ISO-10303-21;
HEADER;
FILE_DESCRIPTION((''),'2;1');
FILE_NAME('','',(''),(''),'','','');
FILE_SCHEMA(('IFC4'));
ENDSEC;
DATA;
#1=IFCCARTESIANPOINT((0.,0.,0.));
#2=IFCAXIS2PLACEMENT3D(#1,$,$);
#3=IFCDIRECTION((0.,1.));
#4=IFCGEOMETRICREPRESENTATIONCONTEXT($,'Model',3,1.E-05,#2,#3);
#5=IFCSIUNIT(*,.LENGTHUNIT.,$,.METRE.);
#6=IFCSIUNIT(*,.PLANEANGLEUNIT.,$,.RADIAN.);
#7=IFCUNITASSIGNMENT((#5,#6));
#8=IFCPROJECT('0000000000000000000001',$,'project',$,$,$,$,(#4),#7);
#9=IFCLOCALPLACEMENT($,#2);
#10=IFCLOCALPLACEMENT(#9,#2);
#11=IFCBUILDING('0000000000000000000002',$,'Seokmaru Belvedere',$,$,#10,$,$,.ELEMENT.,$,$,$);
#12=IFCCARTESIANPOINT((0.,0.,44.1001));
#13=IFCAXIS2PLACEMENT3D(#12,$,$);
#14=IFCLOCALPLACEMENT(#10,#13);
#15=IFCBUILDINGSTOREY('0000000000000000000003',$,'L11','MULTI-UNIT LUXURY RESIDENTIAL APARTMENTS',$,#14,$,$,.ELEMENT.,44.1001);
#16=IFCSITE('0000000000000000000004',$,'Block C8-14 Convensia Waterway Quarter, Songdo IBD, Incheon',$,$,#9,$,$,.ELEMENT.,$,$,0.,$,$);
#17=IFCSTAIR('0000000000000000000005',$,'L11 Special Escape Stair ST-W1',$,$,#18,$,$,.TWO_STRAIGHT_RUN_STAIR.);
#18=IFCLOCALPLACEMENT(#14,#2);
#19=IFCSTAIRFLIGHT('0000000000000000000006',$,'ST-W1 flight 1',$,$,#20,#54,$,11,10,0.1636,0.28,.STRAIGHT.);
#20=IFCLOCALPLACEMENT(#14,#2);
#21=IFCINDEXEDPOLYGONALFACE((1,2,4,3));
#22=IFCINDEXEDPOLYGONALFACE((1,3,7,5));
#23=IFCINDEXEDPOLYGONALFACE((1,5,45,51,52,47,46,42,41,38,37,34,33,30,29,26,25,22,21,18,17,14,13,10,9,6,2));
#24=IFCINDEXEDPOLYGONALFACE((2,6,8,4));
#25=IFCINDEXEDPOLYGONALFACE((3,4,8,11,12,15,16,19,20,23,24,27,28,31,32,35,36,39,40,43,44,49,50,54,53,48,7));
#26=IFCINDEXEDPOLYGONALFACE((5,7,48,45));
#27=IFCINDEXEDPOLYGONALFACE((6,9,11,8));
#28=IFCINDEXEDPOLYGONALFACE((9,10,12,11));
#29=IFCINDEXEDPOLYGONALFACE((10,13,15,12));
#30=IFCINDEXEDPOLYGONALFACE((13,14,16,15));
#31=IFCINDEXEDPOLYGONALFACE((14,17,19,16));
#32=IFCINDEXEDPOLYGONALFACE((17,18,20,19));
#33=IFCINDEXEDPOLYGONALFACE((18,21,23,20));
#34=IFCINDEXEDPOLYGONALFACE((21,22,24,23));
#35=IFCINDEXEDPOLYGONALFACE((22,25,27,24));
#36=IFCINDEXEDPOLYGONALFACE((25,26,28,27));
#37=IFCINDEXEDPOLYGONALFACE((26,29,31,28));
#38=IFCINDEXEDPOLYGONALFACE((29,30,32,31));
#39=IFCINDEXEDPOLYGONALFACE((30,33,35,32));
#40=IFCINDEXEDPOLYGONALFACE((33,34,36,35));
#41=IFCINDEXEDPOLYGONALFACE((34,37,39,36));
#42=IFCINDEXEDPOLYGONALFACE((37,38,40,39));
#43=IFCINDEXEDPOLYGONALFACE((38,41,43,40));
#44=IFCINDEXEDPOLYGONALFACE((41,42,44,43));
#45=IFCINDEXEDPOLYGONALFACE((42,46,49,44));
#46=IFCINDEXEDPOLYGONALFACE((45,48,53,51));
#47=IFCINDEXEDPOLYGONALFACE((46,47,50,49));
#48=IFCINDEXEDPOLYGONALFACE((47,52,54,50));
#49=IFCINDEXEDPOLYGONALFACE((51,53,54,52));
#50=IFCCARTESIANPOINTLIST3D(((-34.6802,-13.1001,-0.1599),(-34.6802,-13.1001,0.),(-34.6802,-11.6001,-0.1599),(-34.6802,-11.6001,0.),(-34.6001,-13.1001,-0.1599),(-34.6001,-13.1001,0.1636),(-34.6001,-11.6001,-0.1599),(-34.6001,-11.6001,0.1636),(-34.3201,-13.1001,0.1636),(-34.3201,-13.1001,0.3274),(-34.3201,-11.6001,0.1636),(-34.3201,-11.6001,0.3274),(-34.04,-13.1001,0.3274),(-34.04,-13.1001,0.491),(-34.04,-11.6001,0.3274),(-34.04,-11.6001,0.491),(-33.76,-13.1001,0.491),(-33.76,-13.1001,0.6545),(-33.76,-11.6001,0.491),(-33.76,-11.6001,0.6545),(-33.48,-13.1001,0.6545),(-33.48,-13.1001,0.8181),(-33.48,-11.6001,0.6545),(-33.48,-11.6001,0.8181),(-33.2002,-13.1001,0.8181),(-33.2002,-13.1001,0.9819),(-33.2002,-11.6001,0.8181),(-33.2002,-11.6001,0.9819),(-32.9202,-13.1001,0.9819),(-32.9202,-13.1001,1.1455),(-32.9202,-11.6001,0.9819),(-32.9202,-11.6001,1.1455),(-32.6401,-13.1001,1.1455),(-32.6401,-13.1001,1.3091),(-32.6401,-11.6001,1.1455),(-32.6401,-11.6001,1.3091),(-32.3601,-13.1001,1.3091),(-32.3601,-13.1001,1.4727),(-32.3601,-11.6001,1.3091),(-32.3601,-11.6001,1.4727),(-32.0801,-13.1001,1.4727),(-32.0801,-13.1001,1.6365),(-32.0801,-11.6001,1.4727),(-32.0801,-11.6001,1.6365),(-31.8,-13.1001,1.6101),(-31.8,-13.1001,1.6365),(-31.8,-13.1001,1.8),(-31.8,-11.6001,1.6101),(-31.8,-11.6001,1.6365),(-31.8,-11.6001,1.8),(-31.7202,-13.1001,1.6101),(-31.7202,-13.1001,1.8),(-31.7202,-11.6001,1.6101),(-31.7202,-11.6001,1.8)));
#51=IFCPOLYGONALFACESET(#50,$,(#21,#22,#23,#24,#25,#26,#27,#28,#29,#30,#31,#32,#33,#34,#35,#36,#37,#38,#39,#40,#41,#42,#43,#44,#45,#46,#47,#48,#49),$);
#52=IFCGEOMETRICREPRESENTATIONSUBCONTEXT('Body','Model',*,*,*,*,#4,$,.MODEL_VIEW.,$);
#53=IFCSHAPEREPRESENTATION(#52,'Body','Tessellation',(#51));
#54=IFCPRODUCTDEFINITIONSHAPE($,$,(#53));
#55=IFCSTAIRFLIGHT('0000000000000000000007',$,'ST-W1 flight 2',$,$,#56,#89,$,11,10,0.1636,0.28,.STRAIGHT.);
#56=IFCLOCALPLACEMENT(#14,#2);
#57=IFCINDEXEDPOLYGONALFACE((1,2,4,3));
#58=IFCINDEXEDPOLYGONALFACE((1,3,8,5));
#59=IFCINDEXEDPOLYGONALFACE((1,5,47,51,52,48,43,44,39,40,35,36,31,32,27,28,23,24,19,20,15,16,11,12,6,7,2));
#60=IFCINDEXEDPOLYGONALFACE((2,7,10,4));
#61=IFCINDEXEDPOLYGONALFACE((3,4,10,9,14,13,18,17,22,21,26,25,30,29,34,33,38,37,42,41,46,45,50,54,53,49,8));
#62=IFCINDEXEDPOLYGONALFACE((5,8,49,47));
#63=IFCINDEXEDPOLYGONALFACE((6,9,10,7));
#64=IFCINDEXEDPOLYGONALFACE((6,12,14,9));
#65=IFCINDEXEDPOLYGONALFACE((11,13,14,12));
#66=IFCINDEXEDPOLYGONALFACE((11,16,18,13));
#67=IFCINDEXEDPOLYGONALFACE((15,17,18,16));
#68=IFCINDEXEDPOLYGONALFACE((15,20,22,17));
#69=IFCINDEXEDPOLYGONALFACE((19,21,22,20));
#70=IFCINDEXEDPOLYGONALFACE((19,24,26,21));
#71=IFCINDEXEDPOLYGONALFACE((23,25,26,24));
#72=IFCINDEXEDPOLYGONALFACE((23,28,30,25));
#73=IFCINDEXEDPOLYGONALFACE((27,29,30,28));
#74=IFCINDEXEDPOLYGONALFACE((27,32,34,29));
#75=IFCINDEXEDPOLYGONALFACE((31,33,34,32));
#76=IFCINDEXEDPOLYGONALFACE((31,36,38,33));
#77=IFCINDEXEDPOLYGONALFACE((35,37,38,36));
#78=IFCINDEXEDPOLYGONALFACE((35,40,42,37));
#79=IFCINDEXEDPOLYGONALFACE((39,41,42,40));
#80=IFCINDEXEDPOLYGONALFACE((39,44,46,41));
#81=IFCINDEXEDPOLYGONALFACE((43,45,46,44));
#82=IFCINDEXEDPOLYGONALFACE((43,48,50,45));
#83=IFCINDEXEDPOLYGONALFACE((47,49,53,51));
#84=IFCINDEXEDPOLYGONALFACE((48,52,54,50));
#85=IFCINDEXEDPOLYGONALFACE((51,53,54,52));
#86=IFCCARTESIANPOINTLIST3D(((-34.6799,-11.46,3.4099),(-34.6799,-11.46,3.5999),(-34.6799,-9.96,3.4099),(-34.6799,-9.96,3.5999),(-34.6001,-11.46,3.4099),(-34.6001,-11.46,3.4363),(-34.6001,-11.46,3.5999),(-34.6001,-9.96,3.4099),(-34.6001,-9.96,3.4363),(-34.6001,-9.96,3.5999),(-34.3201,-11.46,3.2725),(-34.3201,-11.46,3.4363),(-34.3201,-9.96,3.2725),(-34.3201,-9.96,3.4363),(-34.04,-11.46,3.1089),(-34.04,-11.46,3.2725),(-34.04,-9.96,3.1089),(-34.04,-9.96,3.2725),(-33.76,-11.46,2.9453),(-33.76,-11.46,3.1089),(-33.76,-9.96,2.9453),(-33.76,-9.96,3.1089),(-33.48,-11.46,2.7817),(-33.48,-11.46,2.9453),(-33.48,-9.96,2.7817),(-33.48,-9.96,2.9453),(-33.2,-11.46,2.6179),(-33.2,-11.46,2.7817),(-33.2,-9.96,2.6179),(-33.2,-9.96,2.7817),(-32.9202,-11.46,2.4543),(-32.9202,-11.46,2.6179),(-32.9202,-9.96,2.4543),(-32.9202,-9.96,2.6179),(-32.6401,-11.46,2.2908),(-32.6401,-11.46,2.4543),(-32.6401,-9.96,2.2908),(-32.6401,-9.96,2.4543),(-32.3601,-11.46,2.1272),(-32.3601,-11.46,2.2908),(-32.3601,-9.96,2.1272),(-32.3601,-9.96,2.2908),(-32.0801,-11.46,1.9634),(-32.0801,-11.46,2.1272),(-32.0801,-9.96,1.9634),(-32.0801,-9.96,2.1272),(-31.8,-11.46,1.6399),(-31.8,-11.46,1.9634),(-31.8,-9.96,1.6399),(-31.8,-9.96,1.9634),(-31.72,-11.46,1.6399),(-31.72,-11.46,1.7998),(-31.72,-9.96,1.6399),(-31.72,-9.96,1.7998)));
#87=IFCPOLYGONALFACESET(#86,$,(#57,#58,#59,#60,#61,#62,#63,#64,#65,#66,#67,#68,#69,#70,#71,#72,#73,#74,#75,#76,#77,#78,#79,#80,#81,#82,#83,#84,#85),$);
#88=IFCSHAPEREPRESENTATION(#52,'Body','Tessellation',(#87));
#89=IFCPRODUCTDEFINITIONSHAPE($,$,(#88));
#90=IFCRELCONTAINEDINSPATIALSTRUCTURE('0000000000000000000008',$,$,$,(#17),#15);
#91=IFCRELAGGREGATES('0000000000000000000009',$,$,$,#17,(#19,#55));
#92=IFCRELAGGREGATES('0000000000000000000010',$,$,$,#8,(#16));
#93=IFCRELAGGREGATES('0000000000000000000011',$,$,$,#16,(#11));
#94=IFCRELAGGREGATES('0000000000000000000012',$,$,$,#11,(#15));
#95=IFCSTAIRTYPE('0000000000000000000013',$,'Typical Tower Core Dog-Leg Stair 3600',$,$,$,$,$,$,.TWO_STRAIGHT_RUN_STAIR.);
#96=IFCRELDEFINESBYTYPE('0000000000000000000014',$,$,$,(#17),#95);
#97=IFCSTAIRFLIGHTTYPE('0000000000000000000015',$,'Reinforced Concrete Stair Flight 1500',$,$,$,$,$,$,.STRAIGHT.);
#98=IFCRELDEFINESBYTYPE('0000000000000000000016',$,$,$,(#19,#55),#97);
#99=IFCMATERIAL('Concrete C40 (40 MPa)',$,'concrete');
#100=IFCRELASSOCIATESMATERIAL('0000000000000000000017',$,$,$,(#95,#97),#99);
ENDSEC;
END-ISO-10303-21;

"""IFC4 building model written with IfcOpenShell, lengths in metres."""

from ifc_helpers import new_model, si_unit, direction, frame, origin, place, context, subcontext, project, spatial, polyline, outline, extrude, material, type_object, element, aggregate, save


model = new_model("IFC4")

# Units and contexts
model_context = context("Model", 3, precision=1e-05, world=origin(), true_north=direction((0.0, 1.0)))
body_context = subcontext(model_context, "Body", "Model", "MODEL_VIEW")
ifc_project = project(units=[si_unit("LENGTHUNIT", "METRE"), si_unit("PLANEANGLEUNIT", "RADIAN")], contexts=[model_context])

# Site, building, storey
site_placement = place(None, origin())
site = spatial("IfcSite", under=ifc_project, at=site_placement, Name="Block C8-14 Convensia Waterway Quarter, Songdo IBD, Incheon", CompositionType="ELEMENT", RefElevation=0.0)
building_placement = place(site_placement, origin())
building = spatial("IfcBuilding", under=site, at=building_placement, Name="Seokmaru Belvedere", CompositionType="ELEMENT")
storey_placement = place(building_placement, frame((0.0, 0.0, 44.1001)))
storey = spatial("IfcBuildingStorey", under=building, at=storey_placement, Name="L11", Description="MULTI-UNIT LUXURY RESIDENTIAL APARTMENTS", CompositionType="ELEMENT", Elevation=44.1001)

# Stair, stair flights
ifc_material_1 = material(Name="Concrete C40 (40 MPa)", Category="concrete")
stair_type = type_object("IfcStairType", Name="Typical Tower Core Dog-Leg Stair 3600", PredefinedType="TWO_STRAIGHT_RUN_STAIR", material=ifc_material_1)
stair_placement = place(storey_placement, origin())
stair = element("IfcStair", 1, at=stair_placement, inside=storey, type_object=stair_type, Name="L11 Special Escape Stair ST-W1", PredefinedType="TWO_STRAIGHT_RUN_STAIR")
stair_flight_type = type_object("IfcStairFlightType", Name="Reinforced Concrete Stair Flight 1500", PredefinedType="STRAIGHT", material=ifc_material_1)
stair_flight_1_placement = place(storey_placement, frame((-34.6001, -12.3501, 0.0), z_axis=(0.0, 0.0, 1.0), x_axis=(1.0, 0.0, 0.0)))
stair_flight_1 = element("IfcStairFlight", 2, at=stair_flight_1_placement, type_object=stair_flight_type, Name="ST-W1 flight 1", NumberOfRisers=11, NumberOfTreads=10, PredefinedType="STRAIGHT", RiserHeight=0.1636, TreadLength=0.28, context=body_context, shape_type="SweptSolid", body=[
    extrude(outline(polyline([(-0.0801, 0.0), (0.0, 0.1636), (0.28, 0.1636), (0.28, 0.3274), (0.5601, 0.3274), (0.5601, 0.491), (0.8401, 0.491), (0.8401, 0.6545), (1.1201, 0.6545), (1.1201, 0.8181), (1.3999, 0.8181), (1.3999, 0.9819), (1.6799, 0.9819), (1.6799, 1.1455), (1.96, 1.1455), (1.96, 1.3091), (2.24, 1.3091), (2.24, 1.4727), (2.52, 1.4727), (2.52, 1.6365), (2.8, 1.6365), (2.8, 1.8), (2.8799, 1.8), (2.8799, 1.6101), (2.8, 1.6101), (0.0, -0.1599), (-0.0801, -0.1599), (-0.0801, 0.0)])), frame((0.0, 0.75, 0.0), z_axis=(0.0, -1.0, 0.0), x_axis=(1.0, 0.0, 0.0)), (0.0, 0.0, 1.0), 1.5),
])
stair_flight_2_placement = place(storey_placement, frame((-31.8, -10.71, 1.7998), z_axis=(0.0, 0.0, 1.0), x_axis=(-1.0, 0.0, 0.0)))
stair_flight_2 = element("IfcStairFlight", 3, at=stair_flight_2_placement, type_object=stair_flight_type, Name="ST-W1 flight 2", NumberOfRisers=11, NumberOfTreads=10, PredefinedType="STRAIGHT", RiserHeight=0.1636, TreadLength=0.28, context=body_context, shape_type="SweptSolid", body=[
    extrude(outline(polyline([(-0.0801, 0.0), (0.0, 0.1636), (0.28, 0.1636), (0.28, 0.3274), (0.5601, 0.3274), (0.5601, 0.491), (0.8401, 0.491), (0.8401, 0.6545), (1.1201, 0.6545), (1.1201, 0.8181), (1.3999, 0.8181), (1.3999, 0.9819), (1.6799, 0.9819), (1.6799, 1.1455), (1.96, 1.1455), (1.96, 1.3091), (2.24, 1.3091), (2.24, 1.4727), (2.52, 1.4727), (2.52, 1.6365), (2.8, 1.6365), (2.8, 1.8), (2.8799, 1.8), (2.8799, 1.6101), (2.8, 1.6101), (0.0, -0.1599), (-0.0801, -0.1599), (-0.0801, 0.0)])), frame((0.0, 0.75, 0.0), z_axis=(0.0, -1.0, 0.0), x_axis=(1.0, 0.0, 0.0)), (0.0, 0.0, 1.0), 1.5),
])
aggregate(stair, [stair_flight_1, stair_flight_2])

save(model, "model.ifc")
